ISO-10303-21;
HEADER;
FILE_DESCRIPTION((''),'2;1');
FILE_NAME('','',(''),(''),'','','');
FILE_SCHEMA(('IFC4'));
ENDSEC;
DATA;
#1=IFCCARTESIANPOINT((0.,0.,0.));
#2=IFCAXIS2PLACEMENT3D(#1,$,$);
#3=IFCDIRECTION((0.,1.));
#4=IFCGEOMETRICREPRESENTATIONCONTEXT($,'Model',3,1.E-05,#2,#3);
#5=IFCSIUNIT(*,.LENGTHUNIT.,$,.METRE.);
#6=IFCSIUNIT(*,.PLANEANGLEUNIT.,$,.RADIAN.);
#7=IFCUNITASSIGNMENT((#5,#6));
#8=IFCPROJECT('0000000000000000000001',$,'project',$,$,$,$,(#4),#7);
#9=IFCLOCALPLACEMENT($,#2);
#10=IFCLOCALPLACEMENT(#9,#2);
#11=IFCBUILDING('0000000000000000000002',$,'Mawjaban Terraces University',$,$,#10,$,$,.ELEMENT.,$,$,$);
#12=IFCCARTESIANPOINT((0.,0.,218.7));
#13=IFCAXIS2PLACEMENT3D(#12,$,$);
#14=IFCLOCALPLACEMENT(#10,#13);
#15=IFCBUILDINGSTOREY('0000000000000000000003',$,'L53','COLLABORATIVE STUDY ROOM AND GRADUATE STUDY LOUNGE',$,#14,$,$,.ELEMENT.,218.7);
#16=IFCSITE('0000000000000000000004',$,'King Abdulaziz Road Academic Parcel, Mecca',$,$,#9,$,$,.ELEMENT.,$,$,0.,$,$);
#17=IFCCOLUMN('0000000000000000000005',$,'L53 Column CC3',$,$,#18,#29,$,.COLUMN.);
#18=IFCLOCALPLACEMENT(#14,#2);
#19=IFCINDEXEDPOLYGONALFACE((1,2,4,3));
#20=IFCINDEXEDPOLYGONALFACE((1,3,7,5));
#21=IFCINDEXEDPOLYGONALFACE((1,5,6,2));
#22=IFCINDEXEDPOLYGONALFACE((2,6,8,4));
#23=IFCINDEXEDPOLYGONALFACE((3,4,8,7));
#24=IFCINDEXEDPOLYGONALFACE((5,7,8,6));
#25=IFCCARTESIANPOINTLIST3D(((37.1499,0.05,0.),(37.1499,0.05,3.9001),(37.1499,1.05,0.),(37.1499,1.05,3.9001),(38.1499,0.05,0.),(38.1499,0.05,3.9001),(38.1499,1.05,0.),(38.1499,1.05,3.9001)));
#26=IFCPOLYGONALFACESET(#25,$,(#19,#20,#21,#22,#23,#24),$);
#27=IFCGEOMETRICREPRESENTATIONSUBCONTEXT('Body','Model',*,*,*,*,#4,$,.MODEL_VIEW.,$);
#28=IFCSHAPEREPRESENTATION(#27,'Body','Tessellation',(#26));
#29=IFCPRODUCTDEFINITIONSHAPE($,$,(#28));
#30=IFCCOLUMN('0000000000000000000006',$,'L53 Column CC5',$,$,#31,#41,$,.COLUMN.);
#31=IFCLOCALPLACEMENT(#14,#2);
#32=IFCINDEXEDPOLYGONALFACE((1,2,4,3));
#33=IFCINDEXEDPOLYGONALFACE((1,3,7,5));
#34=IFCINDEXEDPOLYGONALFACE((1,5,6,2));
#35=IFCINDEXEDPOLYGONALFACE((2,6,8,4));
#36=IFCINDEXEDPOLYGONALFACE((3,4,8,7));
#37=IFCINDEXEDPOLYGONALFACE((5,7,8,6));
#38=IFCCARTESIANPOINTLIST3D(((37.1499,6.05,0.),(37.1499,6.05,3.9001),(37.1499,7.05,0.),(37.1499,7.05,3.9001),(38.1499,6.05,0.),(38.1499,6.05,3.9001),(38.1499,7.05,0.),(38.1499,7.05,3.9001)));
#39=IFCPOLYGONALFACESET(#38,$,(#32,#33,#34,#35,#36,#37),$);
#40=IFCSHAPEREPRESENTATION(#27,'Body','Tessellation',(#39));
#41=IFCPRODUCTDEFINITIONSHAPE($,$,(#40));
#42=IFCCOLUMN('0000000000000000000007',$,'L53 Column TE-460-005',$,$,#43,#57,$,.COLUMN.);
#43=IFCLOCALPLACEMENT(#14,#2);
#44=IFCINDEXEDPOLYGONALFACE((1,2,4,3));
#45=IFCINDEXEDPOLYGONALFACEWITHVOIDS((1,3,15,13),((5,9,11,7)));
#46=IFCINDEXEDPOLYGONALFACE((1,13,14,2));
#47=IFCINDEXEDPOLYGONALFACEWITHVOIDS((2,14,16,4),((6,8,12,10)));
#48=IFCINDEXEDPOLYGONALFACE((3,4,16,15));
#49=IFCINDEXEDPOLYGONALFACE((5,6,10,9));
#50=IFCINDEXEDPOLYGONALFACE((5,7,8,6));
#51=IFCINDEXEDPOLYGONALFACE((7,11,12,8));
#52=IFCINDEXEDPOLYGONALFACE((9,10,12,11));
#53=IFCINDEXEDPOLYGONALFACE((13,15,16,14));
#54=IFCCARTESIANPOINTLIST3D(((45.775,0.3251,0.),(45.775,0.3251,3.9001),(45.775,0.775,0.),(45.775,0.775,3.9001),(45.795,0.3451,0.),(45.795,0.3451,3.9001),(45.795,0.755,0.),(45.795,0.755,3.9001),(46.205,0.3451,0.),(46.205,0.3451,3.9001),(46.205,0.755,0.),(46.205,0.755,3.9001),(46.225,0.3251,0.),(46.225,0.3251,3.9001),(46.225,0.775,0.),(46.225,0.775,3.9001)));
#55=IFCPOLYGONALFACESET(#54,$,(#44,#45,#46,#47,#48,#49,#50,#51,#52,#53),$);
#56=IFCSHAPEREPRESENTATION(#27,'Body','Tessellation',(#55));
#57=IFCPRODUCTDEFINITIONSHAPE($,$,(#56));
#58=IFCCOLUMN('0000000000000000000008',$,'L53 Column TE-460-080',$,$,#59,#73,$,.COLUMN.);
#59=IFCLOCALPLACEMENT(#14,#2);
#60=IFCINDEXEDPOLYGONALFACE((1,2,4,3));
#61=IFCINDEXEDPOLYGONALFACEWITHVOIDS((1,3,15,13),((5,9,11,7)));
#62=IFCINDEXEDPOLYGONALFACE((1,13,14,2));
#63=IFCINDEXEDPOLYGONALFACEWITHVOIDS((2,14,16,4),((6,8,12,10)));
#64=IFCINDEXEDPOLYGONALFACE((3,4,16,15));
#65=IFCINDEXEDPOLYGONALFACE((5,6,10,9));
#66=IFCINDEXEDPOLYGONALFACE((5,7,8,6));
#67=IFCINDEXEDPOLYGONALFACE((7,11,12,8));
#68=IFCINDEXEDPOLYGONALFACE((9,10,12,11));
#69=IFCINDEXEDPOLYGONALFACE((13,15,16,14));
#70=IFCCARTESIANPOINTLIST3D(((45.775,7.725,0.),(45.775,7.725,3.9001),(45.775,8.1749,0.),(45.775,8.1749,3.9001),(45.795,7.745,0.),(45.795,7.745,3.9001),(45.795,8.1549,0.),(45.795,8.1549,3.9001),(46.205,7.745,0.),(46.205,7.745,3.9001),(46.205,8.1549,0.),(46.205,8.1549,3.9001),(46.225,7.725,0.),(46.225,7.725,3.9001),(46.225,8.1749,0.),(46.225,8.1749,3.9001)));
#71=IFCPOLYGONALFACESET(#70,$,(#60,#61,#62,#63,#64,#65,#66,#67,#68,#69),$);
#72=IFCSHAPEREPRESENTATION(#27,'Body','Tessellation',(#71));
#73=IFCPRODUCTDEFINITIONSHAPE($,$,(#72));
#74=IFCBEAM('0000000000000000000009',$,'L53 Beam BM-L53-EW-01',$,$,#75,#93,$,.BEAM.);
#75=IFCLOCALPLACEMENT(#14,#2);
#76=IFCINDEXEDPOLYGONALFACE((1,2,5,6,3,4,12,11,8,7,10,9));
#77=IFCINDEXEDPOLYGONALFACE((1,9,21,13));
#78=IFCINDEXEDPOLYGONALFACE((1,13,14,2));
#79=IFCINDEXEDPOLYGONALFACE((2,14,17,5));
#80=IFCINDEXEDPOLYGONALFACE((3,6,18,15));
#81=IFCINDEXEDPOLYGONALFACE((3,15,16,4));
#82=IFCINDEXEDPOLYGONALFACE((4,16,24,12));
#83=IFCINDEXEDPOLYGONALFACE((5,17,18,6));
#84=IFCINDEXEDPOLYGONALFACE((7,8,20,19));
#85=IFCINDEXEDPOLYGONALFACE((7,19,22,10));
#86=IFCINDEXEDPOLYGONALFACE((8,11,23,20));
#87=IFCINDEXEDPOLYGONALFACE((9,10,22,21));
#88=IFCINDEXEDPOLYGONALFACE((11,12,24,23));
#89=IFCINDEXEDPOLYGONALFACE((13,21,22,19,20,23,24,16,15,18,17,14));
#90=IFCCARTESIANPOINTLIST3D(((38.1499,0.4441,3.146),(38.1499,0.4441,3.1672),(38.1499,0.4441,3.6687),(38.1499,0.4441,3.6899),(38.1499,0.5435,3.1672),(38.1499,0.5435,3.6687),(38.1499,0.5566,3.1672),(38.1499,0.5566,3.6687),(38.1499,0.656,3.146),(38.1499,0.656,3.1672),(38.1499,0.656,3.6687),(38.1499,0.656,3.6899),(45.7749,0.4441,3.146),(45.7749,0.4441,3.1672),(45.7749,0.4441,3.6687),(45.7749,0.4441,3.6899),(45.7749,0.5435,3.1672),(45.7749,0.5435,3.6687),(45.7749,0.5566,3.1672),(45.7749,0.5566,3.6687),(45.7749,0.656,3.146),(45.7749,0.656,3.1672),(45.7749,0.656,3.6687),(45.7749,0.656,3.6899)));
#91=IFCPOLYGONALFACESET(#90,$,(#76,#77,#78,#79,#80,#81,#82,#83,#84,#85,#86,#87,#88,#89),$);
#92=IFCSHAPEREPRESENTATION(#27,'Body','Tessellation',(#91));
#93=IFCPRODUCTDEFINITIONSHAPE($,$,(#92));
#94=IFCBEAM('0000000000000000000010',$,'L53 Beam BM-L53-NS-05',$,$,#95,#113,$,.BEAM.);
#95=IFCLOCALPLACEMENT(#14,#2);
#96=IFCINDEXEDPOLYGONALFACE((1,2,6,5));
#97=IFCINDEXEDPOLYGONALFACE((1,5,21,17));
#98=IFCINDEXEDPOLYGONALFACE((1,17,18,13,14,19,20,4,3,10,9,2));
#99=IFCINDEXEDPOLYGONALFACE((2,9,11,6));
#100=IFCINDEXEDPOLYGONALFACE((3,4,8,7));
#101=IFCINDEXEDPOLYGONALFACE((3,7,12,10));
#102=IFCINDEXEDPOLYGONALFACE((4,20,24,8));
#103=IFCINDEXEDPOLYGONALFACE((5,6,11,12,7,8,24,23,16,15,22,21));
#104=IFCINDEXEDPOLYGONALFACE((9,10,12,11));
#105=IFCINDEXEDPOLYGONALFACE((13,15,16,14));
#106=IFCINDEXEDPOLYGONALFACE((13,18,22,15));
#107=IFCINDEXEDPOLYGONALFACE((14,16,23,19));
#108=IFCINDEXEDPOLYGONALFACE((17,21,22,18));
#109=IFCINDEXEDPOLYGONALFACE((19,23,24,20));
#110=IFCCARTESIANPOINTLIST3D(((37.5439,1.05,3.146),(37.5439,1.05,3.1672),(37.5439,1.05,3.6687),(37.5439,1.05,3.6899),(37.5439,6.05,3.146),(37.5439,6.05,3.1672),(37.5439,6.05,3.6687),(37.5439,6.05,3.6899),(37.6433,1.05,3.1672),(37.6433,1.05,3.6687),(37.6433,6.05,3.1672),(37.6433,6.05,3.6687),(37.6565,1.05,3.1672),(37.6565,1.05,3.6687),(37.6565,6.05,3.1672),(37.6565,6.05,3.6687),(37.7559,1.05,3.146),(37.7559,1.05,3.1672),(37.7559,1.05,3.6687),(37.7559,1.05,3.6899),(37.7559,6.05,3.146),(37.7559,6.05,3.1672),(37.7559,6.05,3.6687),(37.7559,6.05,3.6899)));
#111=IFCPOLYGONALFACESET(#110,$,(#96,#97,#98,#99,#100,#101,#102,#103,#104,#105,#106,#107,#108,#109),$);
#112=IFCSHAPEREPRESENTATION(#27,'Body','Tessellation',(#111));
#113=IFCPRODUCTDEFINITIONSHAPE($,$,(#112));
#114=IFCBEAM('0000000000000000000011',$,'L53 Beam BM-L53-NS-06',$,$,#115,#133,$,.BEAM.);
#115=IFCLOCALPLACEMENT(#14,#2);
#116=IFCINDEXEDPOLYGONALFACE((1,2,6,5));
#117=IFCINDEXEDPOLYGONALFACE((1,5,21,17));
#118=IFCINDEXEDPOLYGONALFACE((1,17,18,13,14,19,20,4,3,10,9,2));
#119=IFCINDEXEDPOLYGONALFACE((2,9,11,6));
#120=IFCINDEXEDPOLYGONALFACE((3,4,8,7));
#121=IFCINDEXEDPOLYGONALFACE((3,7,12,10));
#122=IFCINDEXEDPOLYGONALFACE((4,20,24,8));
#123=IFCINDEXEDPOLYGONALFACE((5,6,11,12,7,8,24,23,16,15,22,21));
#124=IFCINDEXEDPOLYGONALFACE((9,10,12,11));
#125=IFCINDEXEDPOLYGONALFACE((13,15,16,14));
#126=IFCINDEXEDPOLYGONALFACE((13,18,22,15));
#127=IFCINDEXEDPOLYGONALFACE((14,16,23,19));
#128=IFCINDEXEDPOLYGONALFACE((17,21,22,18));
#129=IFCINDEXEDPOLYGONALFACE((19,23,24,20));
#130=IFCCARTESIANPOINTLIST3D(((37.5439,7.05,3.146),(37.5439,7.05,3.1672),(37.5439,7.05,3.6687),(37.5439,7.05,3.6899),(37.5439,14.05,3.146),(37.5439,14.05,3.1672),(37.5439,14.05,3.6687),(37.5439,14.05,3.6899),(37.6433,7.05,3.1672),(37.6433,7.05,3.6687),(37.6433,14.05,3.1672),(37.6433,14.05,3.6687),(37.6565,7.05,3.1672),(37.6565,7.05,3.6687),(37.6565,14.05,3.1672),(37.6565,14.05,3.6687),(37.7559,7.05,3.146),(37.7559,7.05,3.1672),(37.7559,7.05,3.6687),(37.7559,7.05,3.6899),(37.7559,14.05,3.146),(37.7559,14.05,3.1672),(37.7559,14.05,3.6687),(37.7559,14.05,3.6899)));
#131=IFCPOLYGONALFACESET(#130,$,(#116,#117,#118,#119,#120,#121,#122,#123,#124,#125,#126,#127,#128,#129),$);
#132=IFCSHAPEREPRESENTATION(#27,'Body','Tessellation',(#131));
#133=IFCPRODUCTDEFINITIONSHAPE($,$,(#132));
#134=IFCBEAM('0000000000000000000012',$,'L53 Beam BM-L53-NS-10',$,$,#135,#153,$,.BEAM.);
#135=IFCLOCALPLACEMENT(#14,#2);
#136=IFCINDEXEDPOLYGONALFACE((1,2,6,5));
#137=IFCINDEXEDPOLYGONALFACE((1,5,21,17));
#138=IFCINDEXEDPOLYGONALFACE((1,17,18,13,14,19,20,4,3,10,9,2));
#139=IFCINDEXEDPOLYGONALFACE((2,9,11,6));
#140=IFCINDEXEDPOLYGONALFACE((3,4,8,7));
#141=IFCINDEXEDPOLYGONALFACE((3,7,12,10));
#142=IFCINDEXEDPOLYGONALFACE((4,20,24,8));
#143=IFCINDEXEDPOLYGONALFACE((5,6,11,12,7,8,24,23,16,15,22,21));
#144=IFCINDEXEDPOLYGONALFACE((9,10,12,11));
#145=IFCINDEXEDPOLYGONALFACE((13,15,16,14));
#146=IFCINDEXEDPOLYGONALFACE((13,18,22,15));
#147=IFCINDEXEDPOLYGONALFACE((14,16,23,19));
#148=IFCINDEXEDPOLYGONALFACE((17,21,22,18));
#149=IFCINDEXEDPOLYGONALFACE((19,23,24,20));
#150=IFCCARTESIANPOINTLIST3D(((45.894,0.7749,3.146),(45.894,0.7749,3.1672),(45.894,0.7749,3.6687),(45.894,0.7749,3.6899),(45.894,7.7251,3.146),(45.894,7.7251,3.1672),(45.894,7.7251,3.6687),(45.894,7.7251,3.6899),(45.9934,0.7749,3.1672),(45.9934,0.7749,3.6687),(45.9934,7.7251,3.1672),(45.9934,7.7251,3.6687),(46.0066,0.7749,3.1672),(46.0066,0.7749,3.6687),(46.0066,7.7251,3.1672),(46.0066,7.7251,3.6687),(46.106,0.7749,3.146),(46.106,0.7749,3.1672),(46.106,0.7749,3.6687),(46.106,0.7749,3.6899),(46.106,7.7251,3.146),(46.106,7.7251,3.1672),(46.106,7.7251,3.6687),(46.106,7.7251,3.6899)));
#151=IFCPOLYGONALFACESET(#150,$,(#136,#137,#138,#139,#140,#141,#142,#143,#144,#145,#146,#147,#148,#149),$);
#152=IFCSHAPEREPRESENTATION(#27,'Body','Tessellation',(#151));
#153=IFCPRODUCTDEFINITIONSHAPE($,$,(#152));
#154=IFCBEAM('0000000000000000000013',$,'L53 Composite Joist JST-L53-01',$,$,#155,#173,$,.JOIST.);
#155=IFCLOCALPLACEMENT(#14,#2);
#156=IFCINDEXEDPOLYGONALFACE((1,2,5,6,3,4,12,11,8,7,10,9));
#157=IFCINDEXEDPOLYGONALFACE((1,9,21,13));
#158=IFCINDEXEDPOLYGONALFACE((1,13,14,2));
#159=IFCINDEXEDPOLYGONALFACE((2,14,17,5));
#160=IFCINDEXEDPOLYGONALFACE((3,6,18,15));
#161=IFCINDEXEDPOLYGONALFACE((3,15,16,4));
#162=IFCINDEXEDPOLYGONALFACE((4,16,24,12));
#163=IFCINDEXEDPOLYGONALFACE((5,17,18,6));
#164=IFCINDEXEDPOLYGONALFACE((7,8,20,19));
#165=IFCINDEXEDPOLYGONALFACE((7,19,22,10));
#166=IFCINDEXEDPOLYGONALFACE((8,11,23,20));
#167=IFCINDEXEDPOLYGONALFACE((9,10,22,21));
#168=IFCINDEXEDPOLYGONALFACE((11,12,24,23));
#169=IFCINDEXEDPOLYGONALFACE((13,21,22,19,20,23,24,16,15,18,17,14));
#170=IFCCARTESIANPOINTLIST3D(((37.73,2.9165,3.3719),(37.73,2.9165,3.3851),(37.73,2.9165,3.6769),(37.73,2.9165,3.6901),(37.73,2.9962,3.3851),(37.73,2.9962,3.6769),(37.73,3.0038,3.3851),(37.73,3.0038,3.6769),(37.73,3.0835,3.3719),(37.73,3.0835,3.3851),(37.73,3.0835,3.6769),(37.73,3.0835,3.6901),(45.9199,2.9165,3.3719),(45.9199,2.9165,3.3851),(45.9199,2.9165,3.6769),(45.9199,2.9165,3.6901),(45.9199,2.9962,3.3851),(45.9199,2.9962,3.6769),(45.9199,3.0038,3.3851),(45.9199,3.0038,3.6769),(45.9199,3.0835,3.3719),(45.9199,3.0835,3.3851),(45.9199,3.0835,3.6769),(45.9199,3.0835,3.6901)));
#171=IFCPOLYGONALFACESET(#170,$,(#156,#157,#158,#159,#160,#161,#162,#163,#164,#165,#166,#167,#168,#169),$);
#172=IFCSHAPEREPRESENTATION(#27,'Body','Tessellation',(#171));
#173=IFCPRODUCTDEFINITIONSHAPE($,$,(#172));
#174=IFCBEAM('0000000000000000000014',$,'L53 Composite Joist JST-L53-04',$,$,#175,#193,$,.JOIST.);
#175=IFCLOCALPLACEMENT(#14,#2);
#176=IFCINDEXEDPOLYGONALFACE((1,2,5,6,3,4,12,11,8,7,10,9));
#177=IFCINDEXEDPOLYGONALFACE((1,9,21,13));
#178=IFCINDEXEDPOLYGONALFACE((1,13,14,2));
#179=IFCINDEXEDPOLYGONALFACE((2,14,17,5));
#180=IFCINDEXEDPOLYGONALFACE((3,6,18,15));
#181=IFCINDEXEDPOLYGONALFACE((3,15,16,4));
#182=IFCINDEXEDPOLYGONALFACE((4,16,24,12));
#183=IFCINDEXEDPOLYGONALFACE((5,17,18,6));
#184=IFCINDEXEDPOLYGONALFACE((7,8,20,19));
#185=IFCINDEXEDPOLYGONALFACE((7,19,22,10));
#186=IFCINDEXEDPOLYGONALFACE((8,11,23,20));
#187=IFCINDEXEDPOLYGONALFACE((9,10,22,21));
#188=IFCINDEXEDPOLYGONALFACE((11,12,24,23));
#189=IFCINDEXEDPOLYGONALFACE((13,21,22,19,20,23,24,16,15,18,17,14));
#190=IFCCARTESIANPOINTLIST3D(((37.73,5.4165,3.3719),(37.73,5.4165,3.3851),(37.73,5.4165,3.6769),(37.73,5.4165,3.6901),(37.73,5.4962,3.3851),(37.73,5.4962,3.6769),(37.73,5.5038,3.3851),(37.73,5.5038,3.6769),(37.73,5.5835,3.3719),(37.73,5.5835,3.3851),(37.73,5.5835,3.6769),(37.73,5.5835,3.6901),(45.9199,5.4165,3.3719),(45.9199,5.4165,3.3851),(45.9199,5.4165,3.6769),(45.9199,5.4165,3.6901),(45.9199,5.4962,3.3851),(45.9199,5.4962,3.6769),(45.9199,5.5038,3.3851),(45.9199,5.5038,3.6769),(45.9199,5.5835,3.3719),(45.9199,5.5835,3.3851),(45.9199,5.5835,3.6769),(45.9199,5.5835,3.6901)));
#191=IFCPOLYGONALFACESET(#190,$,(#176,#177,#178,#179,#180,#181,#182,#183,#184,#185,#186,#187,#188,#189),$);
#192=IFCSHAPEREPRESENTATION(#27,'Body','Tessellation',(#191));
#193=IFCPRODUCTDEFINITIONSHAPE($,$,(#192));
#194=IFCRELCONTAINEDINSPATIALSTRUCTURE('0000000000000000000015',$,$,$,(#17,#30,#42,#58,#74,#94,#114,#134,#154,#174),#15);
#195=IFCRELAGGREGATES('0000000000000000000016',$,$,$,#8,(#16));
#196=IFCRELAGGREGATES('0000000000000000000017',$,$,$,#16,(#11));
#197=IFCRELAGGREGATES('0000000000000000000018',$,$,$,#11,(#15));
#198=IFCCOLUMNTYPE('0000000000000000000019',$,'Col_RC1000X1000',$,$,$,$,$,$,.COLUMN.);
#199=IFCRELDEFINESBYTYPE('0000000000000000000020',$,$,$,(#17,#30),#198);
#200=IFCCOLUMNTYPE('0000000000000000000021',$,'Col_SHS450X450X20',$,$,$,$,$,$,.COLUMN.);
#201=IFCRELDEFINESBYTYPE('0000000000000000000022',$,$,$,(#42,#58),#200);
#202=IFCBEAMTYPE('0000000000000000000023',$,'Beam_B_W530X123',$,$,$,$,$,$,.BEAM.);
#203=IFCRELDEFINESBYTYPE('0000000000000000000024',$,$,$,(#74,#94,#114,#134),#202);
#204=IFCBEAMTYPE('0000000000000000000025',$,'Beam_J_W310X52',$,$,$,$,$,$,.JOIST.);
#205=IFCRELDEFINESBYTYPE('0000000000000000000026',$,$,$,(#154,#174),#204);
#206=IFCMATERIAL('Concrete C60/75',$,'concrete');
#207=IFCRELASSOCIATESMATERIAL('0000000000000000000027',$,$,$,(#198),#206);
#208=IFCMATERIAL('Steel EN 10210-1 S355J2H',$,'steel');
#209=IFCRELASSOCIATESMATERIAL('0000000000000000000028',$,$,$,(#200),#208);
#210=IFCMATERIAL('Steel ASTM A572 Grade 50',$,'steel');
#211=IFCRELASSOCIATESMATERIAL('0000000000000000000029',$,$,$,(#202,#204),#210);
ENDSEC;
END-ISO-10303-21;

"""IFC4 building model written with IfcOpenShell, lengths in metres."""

from ifc_helpers import new_model, si_unit, direction, frame, origin, origin_2d, place, context, subcontext, project, spatial, rectangle, hollow_rectangle, i_section, extrude, material, material_profile, profile_set, type_object, element, save


model = new_model("IFC4")

# Units and contexts
model_context = context("Model", 3, precision=1e-05, world=origin(), true_north=direction((0.0, 1.0)))
body_context = subcontext(model_context, "Body", "Model", "MODEL_VIEW")
ifc_project = project(units=[si_unit("LENGTHUNIT", "METRE"), si_unit("PLANEANGLEUNIT", "RADIAN")], contexts=[model_context])

# Site, building, storey
site_placement = place(None, origin())
site = spatial("IfcSite", under=ifc_project, at=site_placement, Name="King Abdulaziz Road Academic Parcel, Mecca", CompositionType="ELEMENT", RefElevation=0.0)
building_placement = place(site_placement, origin())
building = spatial("IfcBuilding", under=site, at=building_placement, Name="Mawjaban Terraces University", CompositionType="ELEMENT")
storey_placement = place(building_placement, frame((0.0, 0.0, 218.7)))
storey = spatial("IfcBuildingStorey", under=building, at=storey_placement, Name="L53", Description="COLLABORATIVE STUDY ROOM AND GRADUATE STUDY LOUNGE", CompositionType="ELEMENT", Elevation=218.7)

# Columns
ifc_material_1 = material(Name="Concrete C60/75", Category="concrete")
ifc_material_profile_1 = material_profile(ifc_material_1, rectangle(XDim=1.0, YDim=1.0, at=origin_2d()), Name="RC1000X1000")
ifc_profile_set_1 = profile_set([ifc_material_profile_1], Name="Concrete C60/75")
column_type_1 = type_object("IfcColumnType", Name="Col_RC1000X1000", PredefinedType="COLUMN", material=ifc_profile_set_1)
for number, where, z_axis, x_axis, name in (
    (1, (37.6499, 0.55, 0.0), (0.0, 0.0, 1.0), (1.0, 0.0, 0.0), "L53 Column CC3"),
    (2, (37.6499, 6.55, 0.0), (0.0, 0.0, 1.0), (1.0, 0.0, 0.0), "L53 Column CC5"),
):
    element("IfcColumn", number, at=place(storey_placement, frame(where, z_axis=z_axis, x_axis=x_axis)), inside=storey, type_object=column_type_1, Name=name, PredefinedType="COLUMN", context=body_context, shape_type="SweptSolid", body=[
        extrude(rectangle(XDim=1.0, YDim=1.0, at=origin_2d()), origin(), (0.0, 0.0, 1.0), 3.9001),
    ])
ifc_material_2 = material(Name="Steel EN 10210-1 S355J2H", Category="steel")
ifc_material_profile_2 = material_profile(ifc_material_2, hollow_rectangle(XDim=0.45, YDim=0.45, WallThickness=0.02, at=origin_2d()), Name="SHS450X450X20")
ifc_profile_set_2 = profile_set([ifc_material_profile_2], Name="Steel EN 10210-1 S355J2H")
column_type_2 = type_object("IfcColumnType", Name="Col_SHS450X450X20", PredefinedType="COLUMN", material=ifc_profile_set_2)
for number, where, z_axis, x_axis, name in (
    (3, (46.0, 0.55, 0.0), (0.0, 0.0, 1.0), (1.0, 0.0, 0.0), "L53 Column TE-460-005"),
    (4, (46.0, 7.95, 0.0), (0.0, 0.0, 1.0), (1.0, 0.0, 0.0), "L53 Column TE-460-080"),
):
    element("IfcColumn", number, at=place(storey_placement, frame(where, z_axis=z_axis, x_axis=x_axis)), inside=storey, type_object=column_type_2, Name=name, PredefinedType="COLUMN", context=body_context, shape_type="SweptSolid", body=[
        extrude(hollow_rectangle(XDim=0.45, YDim=0.45, WallThickness=0.02, at=origin_2d()), origin(), (0.0, 0.0, 1.0), 3.9001),
    ])

# Beams
ifc_material_3 = material(Name="Steel ASTM A572 Grade 50", Category="steel")
ifc_material_profile_3 = material_profile(ifc_material_3, i_section(OverallWidth=0.2119, OverallDepth=0.5439, WebThickness=0.0132, FlangeThickness=0.0212, at=origin_2d()), Name="W530X123")
ifc_profile_set_3 = profile_set([ifc_material_profile_3], Name="Steel ASTM A572 Grade 50")
beam_type_1 = type_object("IfcBeamType", Name="Beam_B_W530X123", PredefinedType="BEAM", material=ifc_profile_set_3)
beam_1_placement = place(storey_placement, frame((38.1499, 0.55, 3.418), z_axis=(1.0, 0.0, 0.0), x_axis=(0.0, 1.0, 0.0)))
element("IfcBeam", 5, at=beam_1_placement, inside=storey, type_object=beam_type_1, Name="L53 Beam BM-L53-EW-01", PredefinedType="BEAM", context=body_context, shape_type="SweptSolid", body=[
    extrude(i_section(OverallWidth=0.2119, OverallDepth=0.5439, WebThickness=0.0132, FlangeThickness=0.0212, at=origin_2d()), origin(), (0.0, 0.0, 1.0), 7.625),
])
beam_2_placement = place(storey_placement, frame((37.6499, 1.05, 3.418), z_axis=(0.0, 1.0, 0.0), x_axis=(-1.0, 0.0, 0.0)))
element("IfcBeam", 6, at=beam_2_placement, inside=storey, type_object=beam_type_1, Name="L53 Beam BM-L53-NS-05", PredefinedType="BEAM", context=body_context, shape_type="SweptSolid", body=[
    extrude(i_section(OverallWidth=0.2119, OverallDepth=0.5439, WebThickness=0.0132, FlangeThickness=0.0212, at=origin_2d()), origin(), (0.0, 0.0, 1.0), 5.0),
])
beam_3_placement = place(storey_placement, frame((37.6499, 7.05, 3.418), z_axis=(0.0, 1.0, 0.0), x_axis=(-1.0, 0.0, 0.0)))
element("IfcBeam", 7, at=beam_3_placement, inside=storey, type_object=beam_type_1, Name="L53 Beam BM-L53-NS-06", PredefinedType="BEAM", context=body_context, shape_type="SweptSolid", body=[
    extrude(i_section(OverallWidth=0.2119, OverallDepth=0.5439, WebThickness=0.0132, FlangeThickness=0.0212, at=origin_2d()), origin(), (0.0, 0.0, 1.0), 7.0),
])
beam_4_placement = place(storey_placement, frame((46.0, 0.7749, 3.418), z_axis=(0.0, 1.0, 0.0), x_axis=(-1.0, 0.0, 0.0)))
element("IfcBeam", 8, at=beam_4_placement, inside=storey, type_object=beam_type_1, Name="L53 Beam BM-L53-NS-10", PredefinedType="BEAM", context=body_context, shape_type="SweptSolid", body=[
    extrude(i_section(OverallWidth=0.2119, OverallDepth=0.5439, WebThickness=0.0132, FlangeThickness=0.0212, at=origin_2d()), origin(), (0.0, 0.0, 1.0), 6.9502),
])
ifc_material_profile_4 = material_profile(ifc_material_3, i_section(OverallWidth=0.167, OverallDepth=0.3181, WebThickness=0.0076, FlangeThickness=0.0132, at=origin_2d()), Name="W310X52")
ifc_profile_set_4 = profile_set([ifc_material_profile_4], Name="Steel ASTM A572 Grade 50")
beam_type_2 = type_object("IfcBeamType", Name="Beam_J_W310X52", PredefinedType="JOIST", material=ifc_profile_set_4)
for number, where, z_axis, x_axis, name in (
    (9, (37.73, 3.0, 3.531), (1.0, 0.0, 0.0), (0.0, 1.0, 0.0), "L53 Composite Joist JST-L53-01"),
    (10, (37.73, 5.5, 3.531), (1.0, 0.0, 0.0), (0.0, 1.0, 0.0), "L53 Composite Joist JST-L53-04"),
):
    element("IfcBeam", number, at=place(storey_placement, frame(where, z_axis=z_axis, x_axis=x_axis)), inside=storey, type_object=beam_type_2, Name=name, PredefinedType="JOIST", context=body_context, shape_type="SweptSolid", body=[
        extrude(i_section(OverallWidth=0.167, OverallDepth=0.3181, WebThickness=0.0076, FlangeThickness=0.0132, at=origin_2d()), origin(), (0.0, 0.0, 1.0), 8.1899),
    ])

save(model, "model.ifc")
